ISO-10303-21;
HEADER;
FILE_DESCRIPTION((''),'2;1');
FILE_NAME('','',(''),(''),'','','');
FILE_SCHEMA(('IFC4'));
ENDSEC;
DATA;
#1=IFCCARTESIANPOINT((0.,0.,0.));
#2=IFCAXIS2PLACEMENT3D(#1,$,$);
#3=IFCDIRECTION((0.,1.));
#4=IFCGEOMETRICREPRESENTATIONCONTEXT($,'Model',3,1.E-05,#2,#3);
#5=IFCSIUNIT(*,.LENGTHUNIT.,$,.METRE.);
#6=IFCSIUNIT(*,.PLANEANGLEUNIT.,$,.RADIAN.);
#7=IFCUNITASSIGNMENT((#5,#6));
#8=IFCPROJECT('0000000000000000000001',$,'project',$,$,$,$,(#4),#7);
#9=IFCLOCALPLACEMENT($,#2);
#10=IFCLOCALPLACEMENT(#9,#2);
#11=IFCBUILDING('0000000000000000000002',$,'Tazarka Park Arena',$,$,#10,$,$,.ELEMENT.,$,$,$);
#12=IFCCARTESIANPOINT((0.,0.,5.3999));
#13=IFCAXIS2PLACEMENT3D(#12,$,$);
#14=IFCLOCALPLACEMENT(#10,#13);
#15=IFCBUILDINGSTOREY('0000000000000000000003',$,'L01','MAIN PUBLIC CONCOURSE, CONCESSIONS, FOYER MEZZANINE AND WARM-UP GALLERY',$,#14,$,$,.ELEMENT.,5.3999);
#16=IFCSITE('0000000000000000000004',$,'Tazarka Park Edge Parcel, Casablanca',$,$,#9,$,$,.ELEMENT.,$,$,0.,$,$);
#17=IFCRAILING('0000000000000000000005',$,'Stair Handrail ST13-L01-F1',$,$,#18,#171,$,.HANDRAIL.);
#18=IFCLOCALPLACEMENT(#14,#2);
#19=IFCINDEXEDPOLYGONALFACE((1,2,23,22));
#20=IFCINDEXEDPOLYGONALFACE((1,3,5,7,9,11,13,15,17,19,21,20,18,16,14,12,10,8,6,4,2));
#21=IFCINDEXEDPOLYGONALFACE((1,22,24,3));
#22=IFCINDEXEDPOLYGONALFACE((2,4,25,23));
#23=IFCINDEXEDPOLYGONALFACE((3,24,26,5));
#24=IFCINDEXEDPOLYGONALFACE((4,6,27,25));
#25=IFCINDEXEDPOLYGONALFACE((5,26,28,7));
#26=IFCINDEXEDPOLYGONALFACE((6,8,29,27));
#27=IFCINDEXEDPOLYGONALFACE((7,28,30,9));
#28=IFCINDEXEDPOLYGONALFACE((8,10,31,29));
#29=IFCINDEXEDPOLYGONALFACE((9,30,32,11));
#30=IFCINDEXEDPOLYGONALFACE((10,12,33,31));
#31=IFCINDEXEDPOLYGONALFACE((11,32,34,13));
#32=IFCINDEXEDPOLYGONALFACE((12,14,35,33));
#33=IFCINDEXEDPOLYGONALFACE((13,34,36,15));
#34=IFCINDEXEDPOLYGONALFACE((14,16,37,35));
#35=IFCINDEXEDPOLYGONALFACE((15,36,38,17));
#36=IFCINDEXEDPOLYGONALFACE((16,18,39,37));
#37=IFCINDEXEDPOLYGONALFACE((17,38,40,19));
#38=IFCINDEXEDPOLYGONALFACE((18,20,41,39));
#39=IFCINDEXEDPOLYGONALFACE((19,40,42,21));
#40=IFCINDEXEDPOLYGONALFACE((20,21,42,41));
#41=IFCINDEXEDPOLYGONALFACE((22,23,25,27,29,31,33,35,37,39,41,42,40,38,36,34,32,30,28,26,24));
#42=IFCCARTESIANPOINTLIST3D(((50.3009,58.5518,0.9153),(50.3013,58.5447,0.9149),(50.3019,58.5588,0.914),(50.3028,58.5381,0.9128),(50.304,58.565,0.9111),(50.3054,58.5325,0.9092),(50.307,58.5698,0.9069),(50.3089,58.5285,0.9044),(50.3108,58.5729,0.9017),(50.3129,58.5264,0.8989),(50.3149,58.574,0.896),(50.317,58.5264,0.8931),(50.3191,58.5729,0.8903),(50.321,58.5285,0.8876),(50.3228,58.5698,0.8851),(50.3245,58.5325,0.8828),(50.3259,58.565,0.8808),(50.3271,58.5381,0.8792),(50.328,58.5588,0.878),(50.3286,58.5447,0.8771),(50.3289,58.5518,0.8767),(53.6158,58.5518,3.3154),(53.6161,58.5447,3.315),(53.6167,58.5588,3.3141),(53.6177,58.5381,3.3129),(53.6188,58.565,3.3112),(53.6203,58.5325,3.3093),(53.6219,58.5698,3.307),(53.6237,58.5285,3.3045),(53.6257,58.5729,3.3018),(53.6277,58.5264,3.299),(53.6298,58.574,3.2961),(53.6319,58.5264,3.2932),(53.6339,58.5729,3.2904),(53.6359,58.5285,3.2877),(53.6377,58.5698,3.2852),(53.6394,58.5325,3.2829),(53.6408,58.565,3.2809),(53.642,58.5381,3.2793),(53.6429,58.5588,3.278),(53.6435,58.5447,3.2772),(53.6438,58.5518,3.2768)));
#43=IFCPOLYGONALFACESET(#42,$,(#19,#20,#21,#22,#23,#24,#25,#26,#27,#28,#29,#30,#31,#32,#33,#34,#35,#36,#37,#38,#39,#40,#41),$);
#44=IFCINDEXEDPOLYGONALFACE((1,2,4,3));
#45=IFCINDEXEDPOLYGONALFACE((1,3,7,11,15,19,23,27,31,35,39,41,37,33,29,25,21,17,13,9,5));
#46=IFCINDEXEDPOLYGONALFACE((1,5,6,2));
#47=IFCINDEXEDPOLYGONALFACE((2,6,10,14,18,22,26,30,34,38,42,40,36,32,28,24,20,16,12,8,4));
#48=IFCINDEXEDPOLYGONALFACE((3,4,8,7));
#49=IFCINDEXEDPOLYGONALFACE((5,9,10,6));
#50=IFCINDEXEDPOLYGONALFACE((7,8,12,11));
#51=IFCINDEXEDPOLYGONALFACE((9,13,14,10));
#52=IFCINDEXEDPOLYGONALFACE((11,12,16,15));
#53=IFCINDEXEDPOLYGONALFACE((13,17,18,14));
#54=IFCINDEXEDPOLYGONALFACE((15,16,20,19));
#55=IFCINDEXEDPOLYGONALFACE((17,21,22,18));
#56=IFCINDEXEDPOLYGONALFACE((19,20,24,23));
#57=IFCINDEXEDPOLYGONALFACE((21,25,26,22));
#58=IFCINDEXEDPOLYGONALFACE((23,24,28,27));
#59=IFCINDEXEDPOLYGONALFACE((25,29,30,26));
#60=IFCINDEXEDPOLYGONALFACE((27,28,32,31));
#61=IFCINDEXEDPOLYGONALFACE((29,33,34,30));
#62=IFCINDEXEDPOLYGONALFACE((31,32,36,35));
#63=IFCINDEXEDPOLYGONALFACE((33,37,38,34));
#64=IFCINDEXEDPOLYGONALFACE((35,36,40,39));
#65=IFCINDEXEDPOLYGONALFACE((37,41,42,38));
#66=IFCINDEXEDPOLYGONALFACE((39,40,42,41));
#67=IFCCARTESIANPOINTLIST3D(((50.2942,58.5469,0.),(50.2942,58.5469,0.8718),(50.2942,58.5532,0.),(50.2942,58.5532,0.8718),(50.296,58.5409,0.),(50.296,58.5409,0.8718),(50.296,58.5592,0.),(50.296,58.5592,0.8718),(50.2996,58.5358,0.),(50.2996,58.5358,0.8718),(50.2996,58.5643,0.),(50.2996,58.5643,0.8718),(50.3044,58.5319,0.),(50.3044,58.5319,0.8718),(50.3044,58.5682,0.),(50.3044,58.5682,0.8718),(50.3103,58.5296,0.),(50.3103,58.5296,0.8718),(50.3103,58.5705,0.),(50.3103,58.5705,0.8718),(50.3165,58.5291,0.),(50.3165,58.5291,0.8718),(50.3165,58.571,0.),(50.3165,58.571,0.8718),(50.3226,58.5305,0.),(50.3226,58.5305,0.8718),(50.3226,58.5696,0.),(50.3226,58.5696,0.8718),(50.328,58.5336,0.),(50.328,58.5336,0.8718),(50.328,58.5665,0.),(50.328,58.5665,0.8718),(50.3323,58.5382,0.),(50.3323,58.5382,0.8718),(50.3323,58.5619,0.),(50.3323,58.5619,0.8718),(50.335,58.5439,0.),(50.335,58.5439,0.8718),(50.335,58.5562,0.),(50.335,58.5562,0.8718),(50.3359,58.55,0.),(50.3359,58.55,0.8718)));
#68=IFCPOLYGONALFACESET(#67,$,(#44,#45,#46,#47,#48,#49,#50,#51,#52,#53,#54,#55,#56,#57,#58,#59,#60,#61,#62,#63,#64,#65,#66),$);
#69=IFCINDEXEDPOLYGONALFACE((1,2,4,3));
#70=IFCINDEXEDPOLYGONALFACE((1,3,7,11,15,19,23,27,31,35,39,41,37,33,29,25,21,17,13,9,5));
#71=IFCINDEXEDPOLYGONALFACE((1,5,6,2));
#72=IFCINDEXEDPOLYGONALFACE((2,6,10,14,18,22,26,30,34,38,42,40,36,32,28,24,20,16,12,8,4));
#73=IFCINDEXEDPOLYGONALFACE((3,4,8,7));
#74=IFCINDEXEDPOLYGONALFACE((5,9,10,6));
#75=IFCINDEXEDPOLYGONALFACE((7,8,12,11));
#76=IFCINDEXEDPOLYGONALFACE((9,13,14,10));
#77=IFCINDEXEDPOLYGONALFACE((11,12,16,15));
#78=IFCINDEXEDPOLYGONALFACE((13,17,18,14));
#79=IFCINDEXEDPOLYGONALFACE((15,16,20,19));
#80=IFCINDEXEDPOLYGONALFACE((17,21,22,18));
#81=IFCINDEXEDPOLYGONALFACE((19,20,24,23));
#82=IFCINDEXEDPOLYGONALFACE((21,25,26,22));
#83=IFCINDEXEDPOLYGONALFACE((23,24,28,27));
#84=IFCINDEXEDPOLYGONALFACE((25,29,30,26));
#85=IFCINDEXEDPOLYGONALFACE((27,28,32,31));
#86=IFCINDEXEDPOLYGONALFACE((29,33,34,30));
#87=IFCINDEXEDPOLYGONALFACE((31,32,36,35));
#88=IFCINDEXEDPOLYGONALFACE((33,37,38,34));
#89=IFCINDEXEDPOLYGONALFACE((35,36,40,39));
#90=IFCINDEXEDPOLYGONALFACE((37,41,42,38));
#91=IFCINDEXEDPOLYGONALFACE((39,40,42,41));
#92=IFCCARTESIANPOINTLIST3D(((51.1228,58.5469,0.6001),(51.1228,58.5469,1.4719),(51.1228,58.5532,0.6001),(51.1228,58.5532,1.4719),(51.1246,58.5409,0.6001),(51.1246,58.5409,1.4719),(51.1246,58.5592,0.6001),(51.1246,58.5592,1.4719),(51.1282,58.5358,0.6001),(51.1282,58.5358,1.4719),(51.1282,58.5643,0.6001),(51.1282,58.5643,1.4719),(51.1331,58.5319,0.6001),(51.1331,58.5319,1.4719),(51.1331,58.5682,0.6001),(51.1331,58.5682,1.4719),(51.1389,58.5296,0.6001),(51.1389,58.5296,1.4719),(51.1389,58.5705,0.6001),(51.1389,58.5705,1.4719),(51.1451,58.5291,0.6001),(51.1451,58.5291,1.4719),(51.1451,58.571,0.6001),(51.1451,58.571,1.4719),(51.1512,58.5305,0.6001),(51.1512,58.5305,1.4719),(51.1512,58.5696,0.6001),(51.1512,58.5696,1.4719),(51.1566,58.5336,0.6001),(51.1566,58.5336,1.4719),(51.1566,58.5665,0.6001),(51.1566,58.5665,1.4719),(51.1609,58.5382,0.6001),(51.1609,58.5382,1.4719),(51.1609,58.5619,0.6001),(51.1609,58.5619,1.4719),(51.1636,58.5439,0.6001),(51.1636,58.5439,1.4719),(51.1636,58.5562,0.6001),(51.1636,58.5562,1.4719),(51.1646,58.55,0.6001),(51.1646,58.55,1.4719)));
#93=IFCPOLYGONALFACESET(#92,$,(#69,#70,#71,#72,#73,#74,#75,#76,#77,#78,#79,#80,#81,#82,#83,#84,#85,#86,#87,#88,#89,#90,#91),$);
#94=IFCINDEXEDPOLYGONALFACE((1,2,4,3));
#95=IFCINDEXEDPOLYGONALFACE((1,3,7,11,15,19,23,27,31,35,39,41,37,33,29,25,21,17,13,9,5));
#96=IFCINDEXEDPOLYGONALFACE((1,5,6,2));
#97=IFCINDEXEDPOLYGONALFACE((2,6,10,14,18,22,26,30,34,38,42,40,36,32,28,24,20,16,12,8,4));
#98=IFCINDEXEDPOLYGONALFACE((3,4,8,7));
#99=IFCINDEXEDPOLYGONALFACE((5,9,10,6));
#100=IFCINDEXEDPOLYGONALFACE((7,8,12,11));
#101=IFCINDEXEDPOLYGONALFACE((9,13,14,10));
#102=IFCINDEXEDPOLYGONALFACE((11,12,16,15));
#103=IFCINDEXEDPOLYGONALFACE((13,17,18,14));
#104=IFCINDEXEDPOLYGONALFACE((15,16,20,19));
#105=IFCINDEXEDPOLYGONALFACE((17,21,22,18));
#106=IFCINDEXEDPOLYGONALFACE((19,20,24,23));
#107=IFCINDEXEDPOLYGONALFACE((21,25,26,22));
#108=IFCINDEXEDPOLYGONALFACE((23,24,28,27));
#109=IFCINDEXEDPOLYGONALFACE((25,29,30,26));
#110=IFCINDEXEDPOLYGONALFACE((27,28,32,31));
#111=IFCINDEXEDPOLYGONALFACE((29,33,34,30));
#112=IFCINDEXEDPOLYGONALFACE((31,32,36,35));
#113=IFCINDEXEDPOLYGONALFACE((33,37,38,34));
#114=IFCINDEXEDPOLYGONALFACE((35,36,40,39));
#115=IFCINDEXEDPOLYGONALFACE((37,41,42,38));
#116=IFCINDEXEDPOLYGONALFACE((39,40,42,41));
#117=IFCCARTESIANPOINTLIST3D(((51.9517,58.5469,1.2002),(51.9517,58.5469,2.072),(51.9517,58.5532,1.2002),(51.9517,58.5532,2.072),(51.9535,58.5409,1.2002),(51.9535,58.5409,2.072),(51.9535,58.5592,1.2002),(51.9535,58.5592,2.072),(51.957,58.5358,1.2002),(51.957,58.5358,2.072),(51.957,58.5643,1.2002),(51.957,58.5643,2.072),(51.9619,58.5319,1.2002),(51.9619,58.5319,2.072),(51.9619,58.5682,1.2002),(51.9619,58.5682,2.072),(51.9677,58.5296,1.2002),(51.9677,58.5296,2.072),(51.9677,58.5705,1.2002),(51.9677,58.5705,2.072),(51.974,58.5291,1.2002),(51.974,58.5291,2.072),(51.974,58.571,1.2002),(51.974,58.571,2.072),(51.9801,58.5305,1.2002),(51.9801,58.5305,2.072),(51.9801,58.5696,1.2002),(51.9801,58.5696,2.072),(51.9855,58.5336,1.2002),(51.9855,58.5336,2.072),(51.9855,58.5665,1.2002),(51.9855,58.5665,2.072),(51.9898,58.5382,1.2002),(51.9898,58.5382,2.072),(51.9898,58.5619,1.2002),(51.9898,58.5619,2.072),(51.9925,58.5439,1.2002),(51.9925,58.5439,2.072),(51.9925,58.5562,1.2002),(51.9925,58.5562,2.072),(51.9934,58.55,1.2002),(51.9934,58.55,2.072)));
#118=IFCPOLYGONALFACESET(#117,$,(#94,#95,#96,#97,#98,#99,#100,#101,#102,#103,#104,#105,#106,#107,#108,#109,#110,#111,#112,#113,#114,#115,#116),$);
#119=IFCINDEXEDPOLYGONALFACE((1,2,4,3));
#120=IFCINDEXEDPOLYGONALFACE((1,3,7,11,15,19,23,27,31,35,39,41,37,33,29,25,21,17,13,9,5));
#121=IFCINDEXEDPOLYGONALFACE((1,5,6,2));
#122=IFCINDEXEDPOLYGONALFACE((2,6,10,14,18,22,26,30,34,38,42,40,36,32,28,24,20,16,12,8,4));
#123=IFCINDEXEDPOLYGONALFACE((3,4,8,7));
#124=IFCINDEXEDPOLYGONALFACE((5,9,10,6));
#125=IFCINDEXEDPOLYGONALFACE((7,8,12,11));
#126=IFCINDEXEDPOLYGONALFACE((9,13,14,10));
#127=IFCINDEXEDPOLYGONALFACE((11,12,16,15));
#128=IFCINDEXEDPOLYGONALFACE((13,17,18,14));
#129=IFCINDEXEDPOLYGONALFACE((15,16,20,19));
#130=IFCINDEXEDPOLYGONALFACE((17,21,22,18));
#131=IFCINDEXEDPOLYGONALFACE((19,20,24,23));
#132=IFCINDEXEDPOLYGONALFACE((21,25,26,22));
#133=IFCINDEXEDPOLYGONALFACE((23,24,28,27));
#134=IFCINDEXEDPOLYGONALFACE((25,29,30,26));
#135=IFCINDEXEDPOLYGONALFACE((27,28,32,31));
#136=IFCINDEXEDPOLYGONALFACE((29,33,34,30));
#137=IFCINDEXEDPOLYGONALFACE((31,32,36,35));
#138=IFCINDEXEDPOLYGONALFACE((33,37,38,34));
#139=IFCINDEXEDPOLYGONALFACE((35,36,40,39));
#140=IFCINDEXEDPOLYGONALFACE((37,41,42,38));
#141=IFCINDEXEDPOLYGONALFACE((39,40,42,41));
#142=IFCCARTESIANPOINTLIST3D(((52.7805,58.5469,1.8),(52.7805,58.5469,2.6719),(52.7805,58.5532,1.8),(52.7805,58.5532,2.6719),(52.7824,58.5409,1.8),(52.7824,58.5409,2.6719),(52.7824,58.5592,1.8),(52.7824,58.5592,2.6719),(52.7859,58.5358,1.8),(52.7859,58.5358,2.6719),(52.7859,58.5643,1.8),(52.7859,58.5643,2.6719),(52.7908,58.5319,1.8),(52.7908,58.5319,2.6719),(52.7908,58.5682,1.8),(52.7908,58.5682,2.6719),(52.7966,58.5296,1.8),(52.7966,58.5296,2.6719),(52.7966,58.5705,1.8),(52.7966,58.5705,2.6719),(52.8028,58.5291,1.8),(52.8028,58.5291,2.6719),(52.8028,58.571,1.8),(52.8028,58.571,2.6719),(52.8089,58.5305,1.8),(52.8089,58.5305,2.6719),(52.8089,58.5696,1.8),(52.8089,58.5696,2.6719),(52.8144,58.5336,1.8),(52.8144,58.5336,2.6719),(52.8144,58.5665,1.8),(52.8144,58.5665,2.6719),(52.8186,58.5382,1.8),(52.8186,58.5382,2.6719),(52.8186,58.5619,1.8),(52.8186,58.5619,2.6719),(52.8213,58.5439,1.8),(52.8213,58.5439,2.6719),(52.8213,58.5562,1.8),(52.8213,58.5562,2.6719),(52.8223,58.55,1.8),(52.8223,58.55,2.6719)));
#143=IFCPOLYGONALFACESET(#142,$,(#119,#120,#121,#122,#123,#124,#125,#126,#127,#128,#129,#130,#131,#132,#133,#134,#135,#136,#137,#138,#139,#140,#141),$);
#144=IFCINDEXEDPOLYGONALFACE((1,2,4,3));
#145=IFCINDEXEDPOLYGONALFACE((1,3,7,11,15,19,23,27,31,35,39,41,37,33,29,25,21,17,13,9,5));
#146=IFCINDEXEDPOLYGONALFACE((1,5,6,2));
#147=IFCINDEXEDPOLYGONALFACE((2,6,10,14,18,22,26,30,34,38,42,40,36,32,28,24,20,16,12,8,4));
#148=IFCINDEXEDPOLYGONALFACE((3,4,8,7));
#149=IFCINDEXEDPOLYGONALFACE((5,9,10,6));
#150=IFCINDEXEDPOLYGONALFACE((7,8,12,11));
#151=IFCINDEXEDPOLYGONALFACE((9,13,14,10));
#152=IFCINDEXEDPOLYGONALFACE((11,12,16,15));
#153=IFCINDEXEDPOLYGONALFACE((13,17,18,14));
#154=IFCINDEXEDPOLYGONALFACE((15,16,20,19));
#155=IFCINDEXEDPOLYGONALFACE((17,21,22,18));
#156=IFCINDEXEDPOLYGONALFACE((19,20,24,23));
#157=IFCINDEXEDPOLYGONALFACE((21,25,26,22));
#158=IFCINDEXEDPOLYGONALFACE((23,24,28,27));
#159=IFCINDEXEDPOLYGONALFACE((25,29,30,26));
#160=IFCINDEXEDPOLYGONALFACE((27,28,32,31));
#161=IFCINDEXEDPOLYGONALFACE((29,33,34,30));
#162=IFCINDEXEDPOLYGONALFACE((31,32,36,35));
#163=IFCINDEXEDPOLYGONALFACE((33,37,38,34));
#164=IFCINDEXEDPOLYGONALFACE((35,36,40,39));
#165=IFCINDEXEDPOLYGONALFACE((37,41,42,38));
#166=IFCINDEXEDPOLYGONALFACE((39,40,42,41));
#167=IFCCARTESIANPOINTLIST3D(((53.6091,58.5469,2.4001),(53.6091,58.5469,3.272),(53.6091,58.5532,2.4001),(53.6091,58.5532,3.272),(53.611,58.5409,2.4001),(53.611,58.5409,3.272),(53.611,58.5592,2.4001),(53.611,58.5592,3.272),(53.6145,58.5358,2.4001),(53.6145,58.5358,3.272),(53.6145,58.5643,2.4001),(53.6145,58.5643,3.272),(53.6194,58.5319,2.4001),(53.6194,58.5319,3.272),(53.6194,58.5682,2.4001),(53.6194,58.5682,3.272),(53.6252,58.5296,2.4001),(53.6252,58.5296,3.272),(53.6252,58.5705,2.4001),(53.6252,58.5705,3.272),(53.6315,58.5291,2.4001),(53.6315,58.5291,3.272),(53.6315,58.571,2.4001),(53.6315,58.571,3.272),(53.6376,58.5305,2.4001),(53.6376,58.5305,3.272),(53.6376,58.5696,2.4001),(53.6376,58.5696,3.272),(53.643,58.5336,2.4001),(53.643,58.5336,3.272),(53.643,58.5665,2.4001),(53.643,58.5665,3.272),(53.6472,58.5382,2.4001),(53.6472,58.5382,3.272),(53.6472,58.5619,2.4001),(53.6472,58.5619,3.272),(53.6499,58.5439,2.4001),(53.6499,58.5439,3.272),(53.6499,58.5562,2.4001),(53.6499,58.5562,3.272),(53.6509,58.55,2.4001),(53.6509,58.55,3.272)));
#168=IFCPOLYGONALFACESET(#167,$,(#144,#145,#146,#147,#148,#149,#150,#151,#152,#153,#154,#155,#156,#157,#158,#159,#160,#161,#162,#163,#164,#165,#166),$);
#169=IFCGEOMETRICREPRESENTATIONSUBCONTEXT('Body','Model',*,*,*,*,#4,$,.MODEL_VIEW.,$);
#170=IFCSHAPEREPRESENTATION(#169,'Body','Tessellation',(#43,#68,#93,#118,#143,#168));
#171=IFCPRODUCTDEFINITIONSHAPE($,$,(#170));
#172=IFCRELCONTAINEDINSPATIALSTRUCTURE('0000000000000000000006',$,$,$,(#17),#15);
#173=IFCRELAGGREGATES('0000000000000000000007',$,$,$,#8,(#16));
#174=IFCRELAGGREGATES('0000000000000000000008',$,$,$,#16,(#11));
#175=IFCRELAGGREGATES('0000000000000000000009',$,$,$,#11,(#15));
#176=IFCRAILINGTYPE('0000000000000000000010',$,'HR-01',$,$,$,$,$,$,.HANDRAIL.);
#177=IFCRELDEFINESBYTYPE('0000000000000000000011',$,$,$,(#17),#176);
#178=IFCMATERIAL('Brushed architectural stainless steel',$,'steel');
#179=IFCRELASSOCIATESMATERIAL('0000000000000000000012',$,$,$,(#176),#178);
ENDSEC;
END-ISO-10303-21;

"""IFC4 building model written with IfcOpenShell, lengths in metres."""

from ifc_helpers import new_model, si_unit, direction, frame, origin, origin_2d, place, context, subcontext, project, spatial, circle, extrude, material, type_object, element, save


model = new_model("IFC4")

# Units and contexts
model_context = context("Model", 3, precision=1e-05, world=origin(), true_north=direction((0.0, 1.0)))
body_context = subcontext(model_context, "Body", "Model", "MODEL_VIEW")
ifc_project = project(units=[si_unit("LENGTHUNIT", "METRE"), si_unit("PLANEANGLEUNIT", "RADIAN")], contexts=[model_context])

# Site, building, storey
site_placement = place(None, origin())
site = spatial("IfcSite", under=ifc_project, at=site_placement, Name="Tazarka Park Edge Parcel, Casablanca", CompositionType="ELEMENT", RefElevation=0.0)
building_placement = place(site_placement, origin())
building = spatial("IfcBuilding", under=site, at=building_placement, Name="Tazarka Park Arena", CompositionType="ELEMENT")
storey_placement = place(building_placement, frame((0.0, 0.0, 5.3999)))
storey = spatial("IfcBuildingStorey", under=building, at=storey_placement, Name="L01", Description="MAIN PUBLIC CONCOURSE, CONCESSIONS, FOYER MEZZANINE AND WARM-UP GALLERY", CompositionType="ELEMENT", Elevation=5.3999)

# Railing
ifc_material_1 = material(Name="Brushed architectural stainless steel", Category="steel")
railing_type_1 = type_object("IfcRailingType", Name="HR-01", PredefinedType="HANDRAIL", material=ifc_material_1)
railing_1_placement = place(storey_placement, frame((50.3149, 58.55, 0.0)))
element("IfcRailing", 1, at=railing_1_placement, inside=storey, type_object=railing_type_1, Name="Stair Handrail ST13-L01-F1", PredefinedType="HANDRAIL", context=body_context, shape_type="SweptSolid", body=[
    extrude(circle(Radius=0.0239, at=origin_2d()), frame((0.0, 0.0, 0.896), z_axis=(0.80998, 0.0, 0.586457), x_axis=(0.0, 1.0, 0.0)), (0.0, 0.0, 1.0), 4.0925),
    extrude(circle(Radius=0.021, at=origin_2d()), origin(), (0.0, 0.0, 1.0), 0.8718),
    extrude(circle(Radius=0.021, at=origin_2d()), frame((0.8286, 0.0, 0.6001)), (0.0, 0.0, 1.0), 0.8718),
    extrude(circle(Radius=0.021, at=origin_2d()), frame((1.6575, 0.0, 1.2002)), (0.0, 0.0, 1.0), 0.8718),
    extrude(circle(Radius=0.021, at=origin_2d()), frame((2.4863, 0.0, 1.8)), (0.0, 0.0, 1.0), 0.8718),
    extrude(circle(Radius=0.021, at=origin_2d()), frame((3.3149, 0.0, 2.4001)), (0.0, 0.0, 1.0), 0.8718),
])

save(model, "model.ifc")
